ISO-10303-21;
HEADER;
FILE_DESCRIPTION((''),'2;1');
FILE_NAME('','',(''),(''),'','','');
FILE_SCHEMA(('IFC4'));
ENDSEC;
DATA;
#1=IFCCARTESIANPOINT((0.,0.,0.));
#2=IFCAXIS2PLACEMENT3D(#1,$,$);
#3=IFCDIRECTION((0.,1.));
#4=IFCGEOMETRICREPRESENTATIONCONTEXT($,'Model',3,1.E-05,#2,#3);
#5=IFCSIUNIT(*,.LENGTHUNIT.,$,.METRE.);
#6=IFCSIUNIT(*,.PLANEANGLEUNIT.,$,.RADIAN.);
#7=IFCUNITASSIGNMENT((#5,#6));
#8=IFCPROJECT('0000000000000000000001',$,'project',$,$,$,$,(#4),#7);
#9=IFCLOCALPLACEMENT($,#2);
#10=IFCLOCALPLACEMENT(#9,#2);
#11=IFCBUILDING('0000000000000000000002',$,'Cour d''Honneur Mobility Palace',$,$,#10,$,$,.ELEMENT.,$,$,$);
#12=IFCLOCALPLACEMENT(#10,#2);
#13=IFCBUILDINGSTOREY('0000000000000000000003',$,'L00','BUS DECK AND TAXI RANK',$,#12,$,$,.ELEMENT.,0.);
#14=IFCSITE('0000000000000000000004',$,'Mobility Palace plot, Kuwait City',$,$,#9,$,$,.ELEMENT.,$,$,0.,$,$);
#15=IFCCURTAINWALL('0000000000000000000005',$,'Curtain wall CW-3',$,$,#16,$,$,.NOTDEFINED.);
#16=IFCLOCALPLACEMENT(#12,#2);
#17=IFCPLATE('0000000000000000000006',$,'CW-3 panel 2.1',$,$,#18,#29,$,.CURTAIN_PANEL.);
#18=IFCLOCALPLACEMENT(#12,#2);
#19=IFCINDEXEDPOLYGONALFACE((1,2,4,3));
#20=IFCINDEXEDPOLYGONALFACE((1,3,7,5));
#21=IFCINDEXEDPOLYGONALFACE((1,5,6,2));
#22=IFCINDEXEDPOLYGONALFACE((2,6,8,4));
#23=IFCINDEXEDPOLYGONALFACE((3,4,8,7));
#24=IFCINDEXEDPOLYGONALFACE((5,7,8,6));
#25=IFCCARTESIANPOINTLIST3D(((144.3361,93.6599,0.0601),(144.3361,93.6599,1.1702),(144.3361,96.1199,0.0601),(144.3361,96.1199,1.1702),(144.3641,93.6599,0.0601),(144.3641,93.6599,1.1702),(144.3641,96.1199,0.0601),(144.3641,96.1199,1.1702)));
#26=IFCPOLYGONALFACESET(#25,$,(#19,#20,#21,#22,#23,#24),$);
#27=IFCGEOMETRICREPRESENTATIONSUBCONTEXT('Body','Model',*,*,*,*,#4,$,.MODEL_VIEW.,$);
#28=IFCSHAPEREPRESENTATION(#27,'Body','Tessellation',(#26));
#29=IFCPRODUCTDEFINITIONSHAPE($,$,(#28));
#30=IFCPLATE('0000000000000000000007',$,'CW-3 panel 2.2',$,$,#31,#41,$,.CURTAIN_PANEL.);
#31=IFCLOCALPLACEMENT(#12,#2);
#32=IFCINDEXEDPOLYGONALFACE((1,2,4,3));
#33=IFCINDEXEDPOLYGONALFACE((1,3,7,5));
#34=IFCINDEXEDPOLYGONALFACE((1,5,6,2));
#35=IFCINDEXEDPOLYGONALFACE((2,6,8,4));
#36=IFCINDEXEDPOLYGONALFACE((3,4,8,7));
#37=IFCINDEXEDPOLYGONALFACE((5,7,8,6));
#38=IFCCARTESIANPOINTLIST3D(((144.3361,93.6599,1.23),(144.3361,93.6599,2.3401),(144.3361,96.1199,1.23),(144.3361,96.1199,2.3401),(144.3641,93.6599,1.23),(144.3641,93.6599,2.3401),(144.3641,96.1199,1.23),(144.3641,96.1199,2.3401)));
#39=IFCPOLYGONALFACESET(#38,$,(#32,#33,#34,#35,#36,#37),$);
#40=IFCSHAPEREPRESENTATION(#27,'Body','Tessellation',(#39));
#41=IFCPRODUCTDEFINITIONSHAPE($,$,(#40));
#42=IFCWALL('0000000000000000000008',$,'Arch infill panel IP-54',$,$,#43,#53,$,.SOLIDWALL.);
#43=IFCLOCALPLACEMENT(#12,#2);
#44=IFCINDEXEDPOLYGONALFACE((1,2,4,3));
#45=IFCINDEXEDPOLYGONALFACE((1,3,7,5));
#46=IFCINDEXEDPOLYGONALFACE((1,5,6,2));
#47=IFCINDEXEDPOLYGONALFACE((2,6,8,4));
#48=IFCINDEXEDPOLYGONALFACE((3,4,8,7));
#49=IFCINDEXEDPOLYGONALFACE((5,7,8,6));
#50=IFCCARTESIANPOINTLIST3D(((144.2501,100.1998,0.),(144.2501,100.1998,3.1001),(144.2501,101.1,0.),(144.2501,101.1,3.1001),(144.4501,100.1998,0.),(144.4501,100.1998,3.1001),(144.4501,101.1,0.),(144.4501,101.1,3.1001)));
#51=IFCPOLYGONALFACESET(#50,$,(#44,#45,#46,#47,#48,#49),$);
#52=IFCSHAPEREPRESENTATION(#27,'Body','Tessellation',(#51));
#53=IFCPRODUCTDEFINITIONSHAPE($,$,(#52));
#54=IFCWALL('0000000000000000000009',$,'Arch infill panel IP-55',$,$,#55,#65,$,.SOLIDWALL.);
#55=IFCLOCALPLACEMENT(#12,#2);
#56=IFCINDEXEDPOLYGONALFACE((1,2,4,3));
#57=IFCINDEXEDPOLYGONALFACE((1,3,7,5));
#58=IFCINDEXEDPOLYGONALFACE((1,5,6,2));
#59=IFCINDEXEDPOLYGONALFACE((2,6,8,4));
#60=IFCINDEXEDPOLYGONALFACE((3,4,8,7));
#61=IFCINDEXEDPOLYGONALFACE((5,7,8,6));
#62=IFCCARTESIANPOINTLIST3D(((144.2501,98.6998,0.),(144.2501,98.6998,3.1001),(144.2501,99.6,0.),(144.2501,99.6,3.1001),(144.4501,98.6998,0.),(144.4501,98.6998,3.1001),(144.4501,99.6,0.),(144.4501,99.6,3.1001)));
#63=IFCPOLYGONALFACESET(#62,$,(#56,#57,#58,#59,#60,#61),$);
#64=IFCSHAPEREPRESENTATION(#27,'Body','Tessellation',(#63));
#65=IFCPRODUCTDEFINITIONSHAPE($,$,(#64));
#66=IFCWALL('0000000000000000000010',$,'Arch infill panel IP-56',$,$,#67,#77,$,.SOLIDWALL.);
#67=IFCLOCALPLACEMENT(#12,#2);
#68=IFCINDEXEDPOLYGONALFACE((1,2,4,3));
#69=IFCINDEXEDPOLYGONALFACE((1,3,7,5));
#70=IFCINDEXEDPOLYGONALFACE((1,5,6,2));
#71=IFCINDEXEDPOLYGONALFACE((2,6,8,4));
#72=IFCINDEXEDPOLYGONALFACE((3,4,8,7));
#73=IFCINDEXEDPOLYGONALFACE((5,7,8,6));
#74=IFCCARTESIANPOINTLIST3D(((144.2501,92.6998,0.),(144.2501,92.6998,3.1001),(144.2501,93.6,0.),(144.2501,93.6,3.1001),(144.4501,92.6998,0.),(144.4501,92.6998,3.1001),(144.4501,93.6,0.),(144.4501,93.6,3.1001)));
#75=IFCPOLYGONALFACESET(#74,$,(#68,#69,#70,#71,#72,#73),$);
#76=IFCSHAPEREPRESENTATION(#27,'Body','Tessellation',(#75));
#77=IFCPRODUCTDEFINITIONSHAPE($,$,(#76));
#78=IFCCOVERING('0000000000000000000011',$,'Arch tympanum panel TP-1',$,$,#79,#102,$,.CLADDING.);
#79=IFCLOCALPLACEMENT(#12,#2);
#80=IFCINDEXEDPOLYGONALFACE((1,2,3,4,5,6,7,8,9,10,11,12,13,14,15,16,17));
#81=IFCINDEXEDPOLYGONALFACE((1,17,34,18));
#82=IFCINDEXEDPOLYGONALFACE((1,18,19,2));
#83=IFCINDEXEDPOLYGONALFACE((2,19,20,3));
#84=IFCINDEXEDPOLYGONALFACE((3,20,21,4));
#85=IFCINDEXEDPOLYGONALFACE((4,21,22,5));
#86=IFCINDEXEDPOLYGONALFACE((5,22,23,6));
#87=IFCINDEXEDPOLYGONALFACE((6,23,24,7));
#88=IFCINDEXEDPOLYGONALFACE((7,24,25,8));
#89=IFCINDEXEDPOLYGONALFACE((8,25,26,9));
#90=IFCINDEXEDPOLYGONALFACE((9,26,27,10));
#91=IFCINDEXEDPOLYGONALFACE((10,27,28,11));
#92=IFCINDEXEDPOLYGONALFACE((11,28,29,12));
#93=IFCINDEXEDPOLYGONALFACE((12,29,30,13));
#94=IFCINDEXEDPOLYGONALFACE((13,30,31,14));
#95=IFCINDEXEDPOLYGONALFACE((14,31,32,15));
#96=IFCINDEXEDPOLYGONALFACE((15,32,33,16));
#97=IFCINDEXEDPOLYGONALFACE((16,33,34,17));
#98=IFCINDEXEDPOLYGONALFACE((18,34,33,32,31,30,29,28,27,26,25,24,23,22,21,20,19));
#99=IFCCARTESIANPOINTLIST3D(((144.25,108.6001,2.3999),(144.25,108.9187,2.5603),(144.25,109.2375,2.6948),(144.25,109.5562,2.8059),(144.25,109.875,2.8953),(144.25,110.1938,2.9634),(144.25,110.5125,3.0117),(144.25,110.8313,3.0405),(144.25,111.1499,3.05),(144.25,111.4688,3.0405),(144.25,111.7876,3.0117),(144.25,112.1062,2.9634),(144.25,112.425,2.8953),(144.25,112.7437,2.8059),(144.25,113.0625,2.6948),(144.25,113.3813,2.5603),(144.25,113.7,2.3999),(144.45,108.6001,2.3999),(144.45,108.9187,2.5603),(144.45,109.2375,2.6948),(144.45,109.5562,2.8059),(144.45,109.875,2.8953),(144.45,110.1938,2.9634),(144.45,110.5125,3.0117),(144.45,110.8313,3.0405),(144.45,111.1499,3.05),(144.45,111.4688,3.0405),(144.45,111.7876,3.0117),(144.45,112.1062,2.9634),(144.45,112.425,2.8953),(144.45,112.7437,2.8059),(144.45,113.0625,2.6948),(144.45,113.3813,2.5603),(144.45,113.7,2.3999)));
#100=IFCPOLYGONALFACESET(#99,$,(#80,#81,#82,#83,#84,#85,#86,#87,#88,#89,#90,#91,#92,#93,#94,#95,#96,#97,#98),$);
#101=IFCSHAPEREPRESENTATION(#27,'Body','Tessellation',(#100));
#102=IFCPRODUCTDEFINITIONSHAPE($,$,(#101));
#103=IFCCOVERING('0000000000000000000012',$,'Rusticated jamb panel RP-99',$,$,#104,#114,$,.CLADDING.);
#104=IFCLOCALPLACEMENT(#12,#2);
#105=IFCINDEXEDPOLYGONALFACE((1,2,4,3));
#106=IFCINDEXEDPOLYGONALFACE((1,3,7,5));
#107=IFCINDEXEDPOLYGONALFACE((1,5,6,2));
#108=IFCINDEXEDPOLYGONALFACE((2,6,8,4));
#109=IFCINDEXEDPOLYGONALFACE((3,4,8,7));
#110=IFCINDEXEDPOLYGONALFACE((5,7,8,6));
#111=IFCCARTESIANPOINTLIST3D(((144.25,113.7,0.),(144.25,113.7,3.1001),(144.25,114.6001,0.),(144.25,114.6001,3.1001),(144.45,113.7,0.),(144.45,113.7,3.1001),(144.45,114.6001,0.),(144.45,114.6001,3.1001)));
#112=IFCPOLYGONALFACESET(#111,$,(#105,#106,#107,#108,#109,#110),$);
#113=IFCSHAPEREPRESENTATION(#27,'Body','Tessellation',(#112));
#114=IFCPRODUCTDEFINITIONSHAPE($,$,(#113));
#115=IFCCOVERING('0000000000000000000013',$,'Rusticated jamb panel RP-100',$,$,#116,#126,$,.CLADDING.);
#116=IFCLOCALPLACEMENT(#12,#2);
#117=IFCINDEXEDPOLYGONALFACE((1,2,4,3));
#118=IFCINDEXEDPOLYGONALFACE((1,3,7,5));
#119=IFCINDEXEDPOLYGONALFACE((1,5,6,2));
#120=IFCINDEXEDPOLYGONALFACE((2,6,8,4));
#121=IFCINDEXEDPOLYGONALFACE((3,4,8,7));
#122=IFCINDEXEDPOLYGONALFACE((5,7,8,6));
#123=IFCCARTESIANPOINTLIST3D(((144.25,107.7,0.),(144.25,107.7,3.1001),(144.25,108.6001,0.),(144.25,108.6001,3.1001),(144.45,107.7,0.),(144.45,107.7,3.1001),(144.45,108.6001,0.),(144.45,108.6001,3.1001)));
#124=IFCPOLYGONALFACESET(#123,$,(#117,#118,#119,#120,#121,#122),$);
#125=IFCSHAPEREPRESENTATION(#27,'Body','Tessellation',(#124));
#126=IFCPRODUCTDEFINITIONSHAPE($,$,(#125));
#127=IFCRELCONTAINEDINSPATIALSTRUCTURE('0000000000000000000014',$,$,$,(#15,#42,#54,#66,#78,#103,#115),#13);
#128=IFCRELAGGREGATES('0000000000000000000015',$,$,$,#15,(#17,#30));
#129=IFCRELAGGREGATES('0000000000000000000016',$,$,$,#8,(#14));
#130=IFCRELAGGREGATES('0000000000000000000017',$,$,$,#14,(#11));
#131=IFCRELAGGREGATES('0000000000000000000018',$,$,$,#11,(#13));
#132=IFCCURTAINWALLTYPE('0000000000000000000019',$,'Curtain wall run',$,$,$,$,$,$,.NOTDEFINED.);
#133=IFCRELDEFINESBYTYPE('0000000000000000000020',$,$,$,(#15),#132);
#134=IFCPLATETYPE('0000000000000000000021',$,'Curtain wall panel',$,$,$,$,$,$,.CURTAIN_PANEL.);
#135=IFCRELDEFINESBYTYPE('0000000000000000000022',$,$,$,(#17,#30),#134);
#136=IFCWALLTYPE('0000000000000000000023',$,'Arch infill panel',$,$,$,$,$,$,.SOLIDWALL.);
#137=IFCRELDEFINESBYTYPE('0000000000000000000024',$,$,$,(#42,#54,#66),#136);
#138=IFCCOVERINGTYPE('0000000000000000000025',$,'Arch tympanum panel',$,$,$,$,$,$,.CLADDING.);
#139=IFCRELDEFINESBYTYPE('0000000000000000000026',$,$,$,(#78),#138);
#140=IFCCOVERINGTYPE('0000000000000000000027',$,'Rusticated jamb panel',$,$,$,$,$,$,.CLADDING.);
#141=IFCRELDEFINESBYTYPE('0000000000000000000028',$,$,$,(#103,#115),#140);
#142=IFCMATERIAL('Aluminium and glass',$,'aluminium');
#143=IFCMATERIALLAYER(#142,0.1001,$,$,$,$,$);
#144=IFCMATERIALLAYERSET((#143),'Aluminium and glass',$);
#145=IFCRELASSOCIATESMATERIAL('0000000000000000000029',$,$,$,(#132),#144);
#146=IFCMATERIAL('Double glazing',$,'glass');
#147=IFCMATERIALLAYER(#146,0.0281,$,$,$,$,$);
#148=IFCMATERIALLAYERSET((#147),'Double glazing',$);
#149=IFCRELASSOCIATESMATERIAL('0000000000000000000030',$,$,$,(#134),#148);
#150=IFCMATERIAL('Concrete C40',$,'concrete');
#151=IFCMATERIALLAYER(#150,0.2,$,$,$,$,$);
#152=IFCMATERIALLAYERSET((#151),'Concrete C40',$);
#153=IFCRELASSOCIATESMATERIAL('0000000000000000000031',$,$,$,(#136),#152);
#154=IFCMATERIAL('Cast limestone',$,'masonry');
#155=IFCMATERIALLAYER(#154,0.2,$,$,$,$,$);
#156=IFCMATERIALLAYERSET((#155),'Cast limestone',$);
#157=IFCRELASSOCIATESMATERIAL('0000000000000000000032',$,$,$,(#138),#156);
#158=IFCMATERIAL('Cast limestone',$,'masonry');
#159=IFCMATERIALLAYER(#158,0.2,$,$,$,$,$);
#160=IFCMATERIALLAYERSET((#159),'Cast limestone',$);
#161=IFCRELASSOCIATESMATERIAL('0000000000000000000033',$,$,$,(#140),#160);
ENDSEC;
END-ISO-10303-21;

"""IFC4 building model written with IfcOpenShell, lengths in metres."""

from ifc_helpers import new_model, si_unit, direction, frame, frame_2d, origin, origin_2d, place, context, subcontext, project, spatial, polyline, rectangle, outline, extrude, material, layer, layer_set, type_object, element, aggregate, save


model = new_model("IFC4")

# Units and contexts
model_context = context("Model", 3, precision=1e-05, world=origin(), true_north=direction((0.0, 1.0)))
body_context = subcontext(model_context, "Body", "Model", "MODEL_VIEW")
ifc_project = project(units=[si_unit("LENGTHUNIT", "METRE"), si_unit("PLANEANGLEUNIT", "RADIAN")], contexts=[model_context])

# Site, building, storey
site_placement = place(None, origin())
site = spatial("IfcSite", under=ifc_project, at=site_placement, Name="Mobility Palace plot, Kuwait City", CompositionType="ELEMENT", RefElevation=0.0)
building_placement = place(site_placement, origin())
building = spatial("IfcBuilding", under=site, at=building_placement, Name="Cour d'Honneur Mobility Palace", CompositionType="ELEMENT")
storey_placement = place(building_placement, origin())
storey = spatial("IfcBuildingStorey", under=building, at=storey_placement, Name="L00", Description="BUS DECK AND TAXI RANK", CompositionType="ELEMENT", Elevation=0.0)

# Shared definitions
ifc_material_1 = material(Name="Aluminium and glass", Category="aluminium")
ifc_layer_1 = layer(ifc_material_1, 0.1001)
ifc_layer_set_1 = layer_set([ifc_layer_1], Name="Aluminium and glass")
curtain_wall_type = type_object("IfcCurtainWallType", Name="Curtain wall run", PredefinedType="NOTDEFINED", material=ifc_layer_set_1)

# Curtain wall
curtain_wall_1_placement = place(storey_placement, origin())
curtain_wall_1 = element("IfcCurtainWall", 1, at=curtain_wall_1_placement, inside=storey, type_object=curtain_wall_type, Name="Curtain wall CW-3", PredefinedType="NOTDEFINED")

# Plates
ifc_material_2 = material(Name="Double glazing", Category="glass")
ifc_layer_2 = layer(ifc_material_2, 0.0281)
ifc_layer_set_2 = layer_set([ifc_layer_2], Name="Double glazing")
plate_type = type_object("IfcPlateType", Name="Curtain wall panel", PredefinedType="CURTAIN_PANEL", material=ifc_layer_set_2)
plate_1_placement = place(storey_placement, frame((144.3501, 94.8899, 0.0601), z_axis=(0.0, 0.0, 1.0), x_axis=(0.0, -1.0, 0.0)))
plate_1 = element("IfcPlate", 2, at=plate_1_placement, type_object=plate_type, Name="CW-3 panel 2.1", PredefinedType="CURTAIN_PANEL", context=body_context, shape_type="SweptSolid", body=[
    extrude(rectangle(XDim=2.46, YDim=0.0281, at=origin_2d()), origin(), (0.0, 0.0, 1.0), 1.1101),
])
plate_2_placement = place(storey_placement, frame((144.3501, 94.8899, 1.23), z_axis=(0.0, 0.0, 1.0), x_axis=(0.0, -1.0, 0.0)))
plate_2 = element("IfcPlate", 3, at=plate_2_placement, type_object=plate_type, Name="CW-3 panel 2.2", PredefinedType="CURTAIN_PANEL", context=body_context, shape_type="SweptSolid", body=[
    extrude(rectangle(XDim=2.46, YDim=0.0281, at=origin_2d()), origin(), (0.0, 0.0, 1.0), 1.1101),
])
aggregate(curtain_wall_1, [plate_1, plate_2])

# Walls
ifc_material_3 = material(Name="Concrete C40", Category="concrete")
ifc_layer_3 = layer(ifc_material_3, 0.2)
ifc_layer_set_3 = layer_set([ifc_layer_3], Name="Concrete C40")
wall_type = type_object("IfcWallType", Name="Arch infill panel", PredefinedType="SOLIDWALL", material=ifc_layer_set_3)
for number, where, z_axis, x_axis, name in (
    (4, (144.3501, 101.1001, 0.0), (0.0, 0.0, 1.0), (0.0, -1.0, 0.0), "Arch infill panel IP-54"),
    (5, (144.3501, 99.6001, 0.0), (0.0, 0.0, 1.0), (0.0, -1.0, 0.0), "Arch infill panel IP-55"),
    (6, (144.3501, 93.6001, 0.0), (0.0, 0.0, 1.0), (0.0, -1.0, 0.0), "Arch infill panel IP-56"),
):
    element("IfcWall", number, at=place(storey_placement, frame(where, z_axis=z_axis, x_axis=x_axis)), inside=storey, type_object=wall_type, Name=name, PredefinedType="SOLIDWALL", context=body_context, shape_type="SweptSolid", body=[
        extrude(rectangle(XDim=0.9001, YDim=0.2, at=frame_2d((0.4502, 0.0))), origin(), (0.0, 0.0, 1.0), 3.1001),
    ])

# Coverings
ifc_material_4 = material(Name="Cast limestone", Category="masonry")
ifc_layer_4 = layer(ifc_material_4, 0.2)
ifc_layer_set_4 = layer_set([ifc_layer_4], Name="Cast limestone")
covering_type_1 = type_object("IfcCoveringType", Name="Arch tympanum panel", PredefinedType="CLADDING", material=ifc_layer_set_4)
covering_placement = place(storey_placement, frame((144.25, 113.7, 2.3999), z_axis=(-1.0, 0.0, 0.0), x_axis=(0.0, -1.0, 0.0)))
element("IfcCovering", 7, at=covering_placement, inside=storey, type_object=covering_type_1, Name="Arch tympanum panel TP-1", PredefinedType="CLADDING", context=body_context, shape_type="SweptSolid", body=[
    extrude(outline(polyline([(0.0, 0.0), (5.0999, 0.0), (5.0999, 0.0), (4.7812, 0.1604), (4.4624, 0.2949), (4.1438, 0.406), (3.825, 0.4954), (3.5061, 0.5635), (3.1875, 0.6118), (2.8687, 0.6406), (2.55, 0.6501), (2.2312, 0.6406), (1.9124, 0.6118), (1.5938, 0.5635), (1.2749, 0.4954), (0.9563, 0.406), (0.6375, 0.2949), (0.3186, 0.1604), (0.0, 0.0), (0.0, 0.0)])), origin(), (0.0, 0.0, -1.0), 0.2),
])
ifc_material_5 = material(Name="Cast limestone", Category="masonry")
ifc_layer_5 = layer(ifc_material_5, 0.2)
ifc_layer_set_5 = layer_set([ifc_layer_5], Name="Cast limestone")
covering_type_2 = type_object("IfcCoveringType", Name="Rusticated jamb panel", PredefinedType="CLADDING", material=ifc_layer_set_5)
for number, where, z_axis, x_axis, name in (
    (8, (144.25, 114.6001, 0.0), (-1.0, 0.0, 0.0), (0.0, -1.0, 0.0), "Rusticated jamb panel RP-99"),
    (9, (144.25, 108.6001, 0.0), (-1.0, 0.0, 0.0), (0.0, -1.0, 0.0), "Rusticated jamb panel RP-100"),
):
    element("IfcCovering", number, at=place(storey_placement, frame(where, z_axis=z_axis, x_axis=x_axis)), inside=storey, type_object=covering_type_2, Name=name, PredefinedType="CLADDING", context=body_context, shape_type="SweptSolid", body=[
        extrude(outline(polyline([(0.0, 0.0), (0.9001, 0.0), (0.9001, 3.1001), (0.0, 3.1001), (0.0, 0.0)])), origin(), (0.0, 0.0, -1.0), 0.2),
    ])

save(model, "model.ifc")
